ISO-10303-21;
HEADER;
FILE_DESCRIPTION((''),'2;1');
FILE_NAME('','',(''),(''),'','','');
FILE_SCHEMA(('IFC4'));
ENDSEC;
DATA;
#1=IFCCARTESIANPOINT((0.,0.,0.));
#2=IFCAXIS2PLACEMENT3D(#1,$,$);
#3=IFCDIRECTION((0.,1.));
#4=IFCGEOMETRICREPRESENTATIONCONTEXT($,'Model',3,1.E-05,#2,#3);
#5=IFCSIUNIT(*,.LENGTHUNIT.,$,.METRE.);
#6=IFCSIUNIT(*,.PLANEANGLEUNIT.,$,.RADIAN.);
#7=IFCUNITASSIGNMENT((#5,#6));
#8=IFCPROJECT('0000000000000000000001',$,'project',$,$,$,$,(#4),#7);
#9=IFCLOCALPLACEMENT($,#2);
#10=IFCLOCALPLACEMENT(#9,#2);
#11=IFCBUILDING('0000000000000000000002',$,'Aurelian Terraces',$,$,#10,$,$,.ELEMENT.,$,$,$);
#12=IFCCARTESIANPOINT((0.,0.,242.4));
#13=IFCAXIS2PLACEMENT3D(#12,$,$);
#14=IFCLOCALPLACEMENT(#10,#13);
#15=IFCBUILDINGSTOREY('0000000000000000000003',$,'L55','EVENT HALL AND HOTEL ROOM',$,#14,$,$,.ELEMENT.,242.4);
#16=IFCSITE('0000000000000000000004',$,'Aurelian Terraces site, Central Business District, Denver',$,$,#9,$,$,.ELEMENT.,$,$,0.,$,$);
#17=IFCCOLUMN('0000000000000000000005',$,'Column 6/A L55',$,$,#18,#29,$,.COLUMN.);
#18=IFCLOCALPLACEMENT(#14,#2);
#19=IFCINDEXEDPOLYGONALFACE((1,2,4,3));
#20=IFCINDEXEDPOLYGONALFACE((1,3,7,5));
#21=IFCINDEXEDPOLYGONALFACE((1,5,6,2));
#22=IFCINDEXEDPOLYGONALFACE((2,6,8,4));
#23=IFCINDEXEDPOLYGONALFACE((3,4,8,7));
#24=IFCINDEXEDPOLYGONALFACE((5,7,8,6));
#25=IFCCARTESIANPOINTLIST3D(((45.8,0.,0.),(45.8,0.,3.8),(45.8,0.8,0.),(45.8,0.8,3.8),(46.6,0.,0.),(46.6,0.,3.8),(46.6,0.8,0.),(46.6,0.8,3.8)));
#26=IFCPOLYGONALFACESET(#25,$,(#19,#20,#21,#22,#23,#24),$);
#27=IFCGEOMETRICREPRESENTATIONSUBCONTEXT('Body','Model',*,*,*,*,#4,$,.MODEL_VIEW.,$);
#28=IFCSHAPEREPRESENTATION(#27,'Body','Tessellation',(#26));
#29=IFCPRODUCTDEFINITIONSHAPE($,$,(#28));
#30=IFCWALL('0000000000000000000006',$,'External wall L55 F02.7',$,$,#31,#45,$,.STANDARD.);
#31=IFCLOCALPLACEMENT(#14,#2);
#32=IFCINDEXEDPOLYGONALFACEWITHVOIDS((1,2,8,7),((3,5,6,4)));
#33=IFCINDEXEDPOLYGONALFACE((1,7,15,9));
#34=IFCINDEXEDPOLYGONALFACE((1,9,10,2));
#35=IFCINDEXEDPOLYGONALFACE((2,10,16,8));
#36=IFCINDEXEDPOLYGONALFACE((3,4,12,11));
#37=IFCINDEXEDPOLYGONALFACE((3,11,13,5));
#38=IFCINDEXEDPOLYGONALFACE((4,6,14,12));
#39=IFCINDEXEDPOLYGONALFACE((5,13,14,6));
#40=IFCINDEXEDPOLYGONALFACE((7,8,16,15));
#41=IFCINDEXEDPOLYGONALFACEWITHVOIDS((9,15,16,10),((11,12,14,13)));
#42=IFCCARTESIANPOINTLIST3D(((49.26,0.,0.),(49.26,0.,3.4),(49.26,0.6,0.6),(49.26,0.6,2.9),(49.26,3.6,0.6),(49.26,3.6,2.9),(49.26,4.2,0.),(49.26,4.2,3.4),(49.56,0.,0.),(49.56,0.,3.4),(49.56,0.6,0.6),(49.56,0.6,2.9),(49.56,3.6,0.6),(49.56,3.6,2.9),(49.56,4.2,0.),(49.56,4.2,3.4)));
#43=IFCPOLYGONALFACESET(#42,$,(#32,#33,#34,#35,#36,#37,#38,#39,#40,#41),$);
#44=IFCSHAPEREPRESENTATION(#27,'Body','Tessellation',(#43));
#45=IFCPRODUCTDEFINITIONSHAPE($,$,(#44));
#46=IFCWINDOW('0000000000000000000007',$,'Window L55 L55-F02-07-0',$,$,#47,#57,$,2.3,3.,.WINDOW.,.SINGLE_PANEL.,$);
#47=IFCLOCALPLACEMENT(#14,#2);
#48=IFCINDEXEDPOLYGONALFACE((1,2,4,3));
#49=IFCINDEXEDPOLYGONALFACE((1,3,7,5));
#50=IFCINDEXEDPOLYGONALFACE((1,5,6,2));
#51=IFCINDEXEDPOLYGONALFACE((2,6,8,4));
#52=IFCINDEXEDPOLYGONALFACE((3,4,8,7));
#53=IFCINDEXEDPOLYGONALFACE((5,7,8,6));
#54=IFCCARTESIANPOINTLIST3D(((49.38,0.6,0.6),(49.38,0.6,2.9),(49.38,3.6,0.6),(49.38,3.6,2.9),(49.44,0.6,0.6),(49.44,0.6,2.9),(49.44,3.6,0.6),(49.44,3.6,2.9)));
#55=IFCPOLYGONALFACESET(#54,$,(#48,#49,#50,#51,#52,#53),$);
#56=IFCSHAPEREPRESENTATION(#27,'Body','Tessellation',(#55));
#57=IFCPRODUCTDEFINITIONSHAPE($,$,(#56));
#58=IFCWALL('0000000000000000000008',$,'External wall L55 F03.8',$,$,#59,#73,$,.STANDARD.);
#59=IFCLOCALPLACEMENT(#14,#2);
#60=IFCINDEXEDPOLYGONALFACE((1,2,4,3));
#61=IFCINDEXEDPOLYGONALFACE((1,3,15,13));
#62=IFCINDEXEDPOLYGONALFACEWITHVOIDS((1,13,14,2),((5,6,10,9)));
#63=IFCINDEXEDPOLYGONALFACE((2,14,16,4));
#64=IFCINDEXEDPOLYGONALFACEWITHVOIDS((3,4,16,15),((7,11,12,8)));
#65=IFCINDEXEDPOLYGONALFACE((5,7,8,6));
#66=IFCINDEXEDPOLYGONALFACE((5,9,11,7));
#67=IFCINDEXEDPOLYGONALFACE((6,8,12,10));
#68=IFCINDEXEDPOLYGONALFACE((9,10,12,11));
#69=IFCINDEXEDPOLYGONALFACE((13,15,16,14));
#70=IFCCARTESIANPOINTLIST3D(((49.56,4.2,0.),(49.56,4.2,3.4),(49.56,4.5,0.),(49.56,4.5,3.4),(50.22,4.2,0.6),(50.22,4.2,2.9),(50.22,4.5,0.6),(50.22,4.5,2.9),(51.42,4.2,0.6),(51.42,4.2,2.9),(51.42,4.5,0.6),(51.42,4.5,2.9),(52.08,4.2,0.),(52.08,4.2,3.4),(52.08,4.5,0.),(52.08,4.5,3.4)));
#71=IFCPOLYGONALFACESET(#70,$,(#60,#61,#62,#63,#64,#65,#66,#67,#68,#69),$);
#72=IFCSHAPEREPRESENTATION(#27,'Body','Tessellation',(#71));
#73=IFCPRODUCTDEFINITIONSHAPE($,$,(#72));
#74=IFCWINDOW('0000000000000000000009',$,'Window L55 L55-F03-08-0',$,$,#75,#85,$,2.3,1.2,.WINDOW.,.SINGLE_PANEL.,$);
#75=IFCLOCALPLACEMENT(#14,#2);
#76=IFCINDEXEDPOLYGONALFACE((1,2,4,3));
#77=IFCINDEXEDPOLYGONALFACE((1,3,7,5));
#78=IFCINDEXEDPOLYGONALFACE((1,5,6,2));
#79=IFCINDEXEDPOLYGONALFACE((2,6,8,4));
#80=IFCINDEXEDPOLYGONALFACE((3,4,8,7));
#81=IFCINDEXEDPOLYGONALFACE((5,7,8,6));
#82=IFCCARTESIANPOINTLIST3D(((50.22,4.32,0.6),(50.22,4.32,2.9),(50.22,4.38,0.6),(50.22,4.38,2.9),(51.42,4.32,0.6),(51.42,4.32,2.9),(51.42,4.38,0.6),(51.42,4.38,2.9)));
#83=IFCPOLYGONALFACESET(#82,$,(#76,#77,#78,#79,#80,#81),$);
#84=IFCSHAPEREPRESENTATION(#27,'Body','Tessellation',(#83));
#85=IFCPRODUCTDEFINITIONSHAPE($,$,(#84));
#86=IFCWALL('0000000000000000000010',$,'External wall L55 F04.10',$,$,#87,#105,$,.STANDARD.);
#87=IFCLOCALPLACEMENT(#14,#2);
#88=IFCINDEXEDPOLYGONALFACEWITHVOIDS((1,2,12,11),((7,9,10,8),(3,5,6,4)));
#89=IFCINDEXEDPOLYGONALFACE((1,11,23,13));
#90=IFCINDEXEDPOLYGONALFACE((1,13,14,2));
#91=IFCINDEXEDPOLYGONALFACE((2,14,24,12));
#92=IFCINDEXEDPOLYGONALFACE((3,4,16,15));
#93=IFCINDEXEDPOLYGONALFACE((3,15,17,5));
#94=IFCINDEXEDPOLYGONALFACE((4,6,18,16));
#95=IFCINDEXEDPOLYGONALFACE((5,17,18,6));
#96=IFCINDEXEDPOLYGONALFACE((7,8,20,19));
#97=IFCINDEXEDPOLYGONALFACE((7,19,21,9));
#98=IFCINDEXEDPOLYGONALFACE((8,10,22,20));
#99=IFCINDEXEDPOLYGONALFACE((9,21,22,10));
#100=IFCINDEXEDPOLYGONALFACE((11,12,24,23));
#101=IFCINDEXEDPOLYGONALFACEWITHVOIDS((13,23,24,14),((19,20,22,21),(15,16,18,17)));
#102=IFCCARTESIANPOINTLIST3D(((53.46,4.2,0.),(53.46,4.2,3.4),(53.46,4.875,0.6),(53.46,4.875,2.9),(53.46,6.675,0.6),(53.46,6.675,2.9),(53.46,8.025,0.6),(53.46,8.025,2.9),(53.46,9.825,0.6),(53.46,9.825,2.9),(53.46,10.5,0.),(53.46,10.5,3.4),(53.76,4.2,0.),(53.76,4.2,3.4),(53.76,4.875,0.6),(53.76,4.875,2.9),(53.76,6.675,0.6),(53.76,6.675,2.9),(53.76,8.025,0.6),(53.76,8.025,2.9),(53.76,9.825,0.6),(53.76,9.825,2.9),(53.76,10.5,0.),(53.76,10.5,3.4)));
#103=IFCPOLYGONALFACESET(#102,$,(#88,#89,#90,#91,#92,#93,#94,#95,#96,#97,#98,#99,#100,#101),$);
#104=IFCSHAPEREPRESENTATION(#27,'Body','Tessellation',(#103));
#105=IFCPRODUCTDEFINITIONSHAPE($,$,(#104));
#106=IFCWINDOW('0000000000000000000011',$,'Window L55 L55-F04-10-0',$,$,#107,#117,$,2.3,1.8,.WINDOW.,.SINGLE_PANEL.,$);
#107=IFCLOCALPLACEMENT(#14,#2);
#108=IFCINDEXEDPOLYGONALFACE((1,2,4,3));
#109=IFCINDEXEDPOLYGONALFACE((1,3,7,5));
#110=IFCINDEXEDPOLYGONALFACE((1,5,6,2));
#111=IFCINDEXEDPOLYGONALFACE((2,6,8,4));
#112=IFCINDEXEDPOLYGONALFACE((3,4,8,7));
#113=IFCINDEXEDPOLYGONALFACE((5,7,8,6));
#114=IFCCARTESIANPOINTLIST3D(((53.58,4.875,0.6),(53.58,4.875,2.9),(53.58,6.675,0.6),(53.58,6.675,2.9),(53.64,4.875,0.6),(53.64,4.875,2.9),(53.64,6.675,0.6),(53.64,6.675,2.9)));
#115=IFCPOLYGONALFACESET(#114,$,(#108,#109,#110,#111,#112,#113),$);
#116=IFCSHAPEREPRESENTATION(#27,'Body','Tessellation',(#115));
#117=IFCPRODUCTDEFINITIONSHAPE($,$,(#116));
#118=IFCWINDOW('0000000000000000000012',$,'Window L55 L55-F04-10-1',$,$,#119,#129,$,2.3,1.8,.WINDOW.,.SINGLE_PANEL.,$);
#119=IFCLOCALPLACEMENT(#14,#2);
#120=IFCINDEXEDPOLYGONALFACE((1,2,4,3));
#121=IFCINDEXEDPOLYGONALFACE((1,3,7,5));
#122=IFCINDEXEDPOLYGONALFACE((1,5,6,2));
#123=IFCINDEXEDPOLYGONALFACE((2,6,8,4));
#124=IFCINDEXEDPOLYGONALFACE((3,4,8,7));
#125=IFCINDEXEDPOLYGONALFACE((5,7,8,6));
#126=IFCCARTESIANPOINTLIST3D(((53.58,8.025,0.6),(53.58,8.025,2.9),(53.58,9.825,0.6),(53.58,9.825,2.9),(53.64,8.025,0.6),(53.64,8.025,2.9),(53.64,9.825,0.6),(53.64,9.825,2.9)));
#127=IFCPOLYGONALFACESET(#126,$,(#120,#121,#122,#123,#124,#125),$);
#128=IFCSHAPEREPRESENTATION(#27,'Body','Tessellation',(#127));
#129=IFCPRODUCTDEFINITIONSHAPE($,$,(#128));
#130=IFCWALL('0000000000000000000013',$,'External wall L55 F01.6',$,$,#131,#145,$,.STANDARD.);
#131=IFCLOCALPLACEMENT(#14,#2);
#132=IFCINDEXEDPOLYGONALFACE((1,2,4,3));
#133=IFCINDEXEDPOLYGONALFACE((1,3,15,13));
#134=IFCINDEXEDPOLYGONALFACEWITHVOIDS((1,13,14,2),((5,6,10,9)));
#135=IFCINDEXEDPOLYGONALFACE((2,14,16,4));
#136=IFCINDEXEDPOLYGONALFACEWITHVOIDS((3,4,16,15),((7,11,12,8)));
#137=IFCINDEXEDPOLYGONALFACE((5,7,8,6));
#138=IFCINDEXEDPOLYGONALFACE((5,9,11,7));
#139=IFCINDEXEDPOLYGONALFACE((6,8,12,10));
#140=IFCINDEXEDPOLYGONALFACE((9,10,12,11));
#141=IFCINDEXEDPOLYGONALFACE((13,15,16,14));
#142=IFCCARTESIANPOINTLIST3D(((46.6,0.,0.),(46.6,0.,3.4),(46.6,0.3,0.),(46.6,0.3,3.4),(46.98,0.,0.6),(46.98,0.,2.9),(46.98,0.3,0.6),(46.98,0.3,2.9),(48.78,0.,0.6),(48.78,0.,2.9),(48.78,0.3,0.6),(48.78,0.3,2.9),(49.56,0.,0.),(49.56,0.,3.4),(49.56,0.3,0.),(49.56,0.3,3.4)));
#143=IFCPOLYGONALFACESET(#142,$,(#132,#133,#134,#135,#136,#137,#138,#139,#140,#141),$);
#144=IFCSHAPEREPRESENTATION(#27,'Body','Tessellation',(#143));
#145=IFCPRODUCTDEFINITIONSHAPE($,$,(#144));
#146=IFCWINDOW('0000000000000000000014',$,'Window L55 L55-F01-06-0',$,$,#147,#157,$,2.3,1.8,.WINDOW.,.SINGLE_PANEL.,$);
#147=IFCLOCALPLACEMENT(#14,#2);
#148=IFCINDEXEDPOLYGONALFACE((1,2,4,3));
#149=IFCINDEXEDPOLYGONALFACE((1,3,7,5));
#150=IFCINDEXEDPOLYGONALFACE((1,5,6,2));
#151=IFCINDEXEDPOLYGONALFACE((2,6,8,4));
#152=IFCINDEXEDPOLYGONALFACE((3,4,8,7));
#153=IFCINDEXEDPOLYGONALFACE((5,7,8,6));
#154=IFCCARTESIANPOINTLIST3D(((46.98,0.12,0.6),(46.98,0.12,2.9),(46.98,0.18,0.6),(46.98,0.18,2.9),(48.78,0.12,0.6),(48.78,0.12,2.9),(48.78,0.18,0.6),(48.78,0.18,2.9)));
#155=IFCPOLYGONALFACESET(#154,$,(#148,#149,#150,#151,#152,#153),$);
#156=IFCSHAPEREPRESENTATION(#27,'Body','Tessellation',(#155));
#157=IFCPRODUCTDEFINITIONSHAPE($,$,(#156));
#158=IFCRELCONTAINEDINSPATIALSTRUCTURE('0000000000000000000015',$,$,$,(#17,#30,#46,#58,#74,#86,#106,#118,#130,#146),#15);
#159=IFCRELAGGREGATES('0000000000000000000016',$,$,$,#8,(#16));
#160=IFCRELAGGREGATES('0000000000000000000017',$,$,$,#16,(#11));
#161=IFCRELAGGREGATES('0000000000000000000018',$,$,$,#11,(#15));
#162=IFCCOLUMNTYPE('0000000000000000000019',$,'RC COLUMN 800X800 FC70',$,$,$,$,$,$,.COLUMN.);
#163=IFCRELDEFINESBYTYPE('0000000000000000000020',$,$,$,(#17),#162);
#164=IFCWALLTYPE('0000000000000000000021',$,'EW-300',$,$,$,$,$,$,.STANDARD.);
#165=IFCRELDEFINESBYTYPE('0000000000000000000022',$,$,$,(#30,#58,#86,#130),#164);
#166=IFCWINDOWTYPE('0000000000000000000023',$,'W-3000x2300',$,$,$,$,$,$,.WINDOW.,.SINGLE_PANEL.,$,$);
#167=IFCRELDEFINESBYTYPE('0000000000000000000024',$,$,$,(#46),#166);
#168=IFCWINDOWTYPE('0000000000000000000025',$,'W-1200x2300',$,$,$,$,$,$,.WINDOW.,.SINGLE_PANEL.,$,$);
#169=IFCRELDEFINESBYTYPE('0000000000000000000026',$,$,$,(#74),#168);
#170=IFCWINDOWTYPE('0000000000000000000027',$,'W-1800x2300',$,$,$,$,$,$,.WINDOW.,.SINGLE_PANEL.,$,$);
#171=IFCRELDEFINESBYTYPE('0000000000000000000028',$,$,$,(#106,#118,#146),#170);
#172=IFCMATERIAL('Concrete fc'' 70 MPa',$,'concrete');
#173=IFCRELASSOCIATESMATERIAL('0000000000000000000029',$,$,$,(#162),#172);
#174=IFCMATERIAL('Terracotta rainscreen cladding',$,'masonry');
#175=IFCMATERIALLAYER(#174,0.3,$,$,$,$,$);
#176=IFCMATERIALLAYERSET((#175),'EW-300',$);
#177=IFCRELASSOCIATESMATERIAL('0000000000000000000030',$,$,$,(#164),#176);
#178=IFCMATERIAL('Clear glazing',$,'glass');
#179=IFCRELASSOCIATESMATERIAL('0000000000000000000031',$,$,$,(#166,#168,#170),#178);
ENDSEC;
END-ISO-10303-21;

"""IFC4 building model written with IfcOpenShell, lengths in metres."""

from ifc_helpers import new_model, si_unit, direction, frame, frame_2d, origin, origin_2d, place, context, subcontext, project, spatial, rectangle, extrude, source, transform, mapped, material, layer, layer_set, material_profile, profile_set, type_object, element, fill, save


model = new_model("IFC4")

# Units and contexts
model_context = context("Model", 3, precision=1e-05, world=origin(), true_north=direction((0.0, 1.0)))
body_context = subcontext(model_context, "Body", "Model", "MODEL_VIEW")
ifc_project = project(units=[si_unit("LENGTHUNIT", "METRE"), si_unit("PLANEANGLEUNIT", "RADIAN")], contexts=[model_context])

# Site, building, storey
site_placement = place(None, origin())
site = spatial("IfcSite", under=ifc_project, at=site_placement, Name="Aurelian Terraces site, Central Business District, Denver", CompositionType="ELEMENT", RefElevation=0.0)
building_placement = place(site_placement, origin())
building = spatial("IfcBuilding", under=site, at=building_placement, Name="Aurelian Terraces", CompositionType="ELEMENT")
storey_placement = place(building_placement, frame((0.0, 0.0, 242.4)))
storey = spatial("IfcBuildingStorey", under=building, at=storey_placement, Name="L55", Description="EVENT HALL AND HOTEL ROOM", CompositionType="ELEMENT", Elevation=242.4)

# Column
ifc_material_1 = material(Name="Concrete fc' 70 MPa", Category="concrete")
ifc_material_profile = material_profile(ifc_material_1, rectangle(XDim=0.8, YDim=0.8, at=origin_2d()))
ifc_profile_set = profile_set([ifc_material_profile], Name="Concrete fc' 70 MPa")
column_type = type_object("IfcColumnType", Name="RC COLUMN 800X800 FC70", PredefinedType="COLUMN", material=ifc_profile_set)
shared_shape_1 = source(origin(), body_context, "Body", "SweptSolid", [
    extrude(rectangle(XDim=0.8, YDim=0.8, at=origin_2d()), origin(), (0.0, 0.0, 1.0), 3.8),
])
column_placement = place(storey_placement, frame((46.2, 0.4, 0.0), z_axis=(0.0, 0.0, 1.0), x_axis=(1.0, 0.0, 0.0)))
element("IfcColumn", 1, at=column_placement, inside=storey, type_object=column_type, Name="Column 6/A L55", PredefinedType="COLUMN", context=body_context, shape_type="MappedRepresentation", body=[
    mapped(shared_shape_1, transform((0.0, 0.0, 0.0), scale=1.0)),
])

# Walls, openings, windows
ifc_material_2 = material(Name="Terracotta rainscreen cladding", Category="masonry")
ifc_layer_1 = layer(ifc_material_2, 0.3)
ifc_layer_set_1 = layer_set([ifc_layer_1], Name="EW-300")
wall_type_1 = type_object("IfcWallType", Name="EW-300", PredefinedType="STANDARD", material=ifc_layer_set_1)
shared_shape_2 = source(origin(), body_context, "Body", "SweptSolid", [
    extrude(rectangle(XDim=4.2, YDim=0.3, at=frame_2d((2.1, 0.0))), origin(), (0.0, 0.0, 1.0), 3.4),
])
wall_1_placement = place(storey_placement, frame((49.41, 0.0, 0.0), z_axis=(0.0, 0.0, 1.0), x_axis=(0.0, 1.0, 0.0)))
wall_1 = element("IfcWall", 2, at=wall_1_placement, inside=storey, type_object=wall_type_1, Name="External wall L55 F02.7", PredefinedType="STANDARD", context=body_context, shape_type="MappedRepresentation", body=[
    mapped(shared_shape_2, transform((0.0, 0.0, 0.0), scale=1.0)),
])
shared_shape_3 = source(origin(), body_context, "Body", "SweptSolid", [
    extrude(rectangle(XDim=3.0, YDim=2.3, at=frame_2d((1.5, 1.15))), frame((0.0, 0.16, 0.0), z_axis=(0.0, -1.0, 0.0), x_axis=(1.0, 0.0, 0.0)), (0.0, 0.0, 1.0), 0.32),
])
opening_1_placement = place(wall_1_placement, frame((0.6, 0.0, 0.6)))
opening_1 = element("IfcOpeningElement", 3, at=opening_1_placement, cuts=wall_1, PredefinedType="OPENING", context=body_context, shape_type="MappedRepresentation", body=[
    mapped(shared_shape_3, transform((0.0, 0.0, 0.0), scale=1.0)),
])
ifc_material_3 = material(Name="Clear glazing", Category="glass")
window_type_1 = type_object("IfcWindowType", Name="W-3000x2300", PartitioningType="SINGLE_PANEL", PredefinedType="WINDOW", material=ifc_material_3)
shared_shape_4 = source(origin(), body_context, "Body", "SweptSolid", [
    extrude(rectangle(XDim=3.0, YDim=2.3, at=frame_2d((1.5, 1.15))), frame((0.0, 0.03, 0.0), z_axis=(0.0, -1.0, 0.0), x_axis=(1.0, 0.0, 0.0)), (0.0, 0.0, 1.0), 0.06),
])
window_1_placement = place(opening_1_placement, origin())
window_1 = element("IfcWindow", 4, at=window_1_placement, inside=storey, type_object=window_type_1, Name="Window L55 L55-F02-07-0", OverallHeight=2.3, OverallWidth=3.0, PartitioningType="SINGLE_PANEL", PredefinedType="WINDOW", context=body_context, shape_type="MappedRepresentation", body=[
    mapped(shared_shape_4, transform((0.0, 0.0, 0.0), scale=1.0)),
])
fill(opening_1, window_1)
shared_shape_5 = source(origin(), body_context, "Body", "SweptSolid", [
    extrude(rectangle(XDim=2.52, YDim=0.3, at=frame_2d((1.26, 0.0))), origin(), (0.0, 0.0, 1.0), 3.4),
])
wall_2_placement = place(storey_placement, frame((49.56, 4.35, 0.0), z_axis=(0.0, 0.0, 1.0), x_axis=(1.0, 0.0, 0.0)))
wall_2 = element("IfcWall", 5, at=wall_2_placement, inside=storey, type_object=wall_type_1, Name="External wall L55 F03.8", PredefinedType="STANDARD", context=body_context, shape_type="MappedRepresentation", body=[
    mapped(shared_shape_5, transform((0.0, 0.0, 0.0), scale=1.0)),
])
shared_shape_6 = source(origin(), body_context, "Body", "SweptSolid", [
    extrude(rectangle(XDim=1.2, YDim=2.3, at=frame_2d((0.6, 1.15))), frame((0.0, 0.16, 0.0), z_axis=(0.0, -1.0, 0.0), x_axis=(1.0, 0.0, 0.0)), (0.0, 0.0, 1.0), 0.32),
])
opening_2_placement = place(wall_2_placement, frame((0.66, 0.0, 0.6)))
opening_2 = element("IfcOpeningElement", 6, at=opening_2_placement, cuts=wall_2, PredefinedType="OPENING", context=body_context, shape_type="MappedRepresentation", body=[
    mapped(shared_shape_6, transform((0.0, 0.0, 0.0), scale=1.0)),
])
window_type_2 = type_object("IfcWindowType", Name="W-1200x2300", PartitioningType="SINGLE_PANEL", PredefinedType="WINDOW", material=ifc_material_3)
shared_shape_7 = source(origin(), body_context, "Body", "SweptSolid", [
    extrude(rectangle(XDim=1.2, YDim=2.3, at=frame_2d((0.6, 1.15))), frame((0.0, 0.03, 0.0), z_axis=(0.0, -1.0, 0.0), x_axis=(1.0, 0.0, 0.0)), (0.0, 0.0, 1.0), 0.06),
])
window_2_placement = place(opening_2_placement, origin())
window_2 = element("IfcWindow", 7, at=window_2_placement, inside=storey, type_object=window_type_2, Name="Window L55 L55-F03-08-0", OverallHeight=2.3, OverallWidth=1.2, PartitioningType="SINGLE_PANEL", PredefinedType="WINDOW", context=body_context, shape_type="MappedRepresentation", body=[
    mapped(shared_shape_7, transform((0.0, 0.0, 0.0), scale=1.0)),
])
fill(opening_2, window_2)

# Wall, openings, windows
shared_shape_8 = source(origin(), body_context, "Body", "SweptSolid", [
    extrude(rectangle(XDim=6.3, YDim=0.3, at=frame_2d((3.15, 0.0))), origin(), (0.0, 0.0, 1.0), 3.4),
])
wall_3_placement = place(storey_placement, frame((53.61, 4.2, 0.0), z_axis=(0.0, 0.0, 1.0), x_axis=(0.0, 1.0, 0.0)))
wall_3 = element("IfcWall", 8, at=wall_3_placement, inside=storey, type_object=wall_type_1, Name="External wall L55 F04.10", PredefinedType="STANDARD", context=body_context, shape_type="MappedRepresentation", body=[
    mapped(shared_shape_8, transform((0.0, 0.0, 0.0), scale=1.0)),
])
shared_shape_9 = source(origin(), body_context, "Body", "SweptSolid", [
    extrude(rectangle(XDim=1.8, YDim=2.3, at=frame_2d((0.9, 1.15))), frame((0.0, 0.16, 0.0), z_axis=(0.0, -1.0, 0.0), x_axis=(1.0, 0.0, 0.0)), (0.0, 0.0, 1.0), 0.32),
])
opening_3_placement = place(wall_3_placement, frame((0.675, 0.0, 0.6)))
opening_3 = element("IfcOpeningElement", 9, at=opening_3_placement, cuts=wall_3, PredefinedType="OPENING", context=body_context, shape_type="MappedRepresentation", body=[
    mapped(shared_shape_9, transform((0.0, 0.0, 0.0), scale=1.0)),
])
opening_4_placement = place(wall_3_placement, frame((3.825, 0.0, 0.6)))
opening_4 = element("IfcOpeningElement", 10, at=opening_4_placement, cuts=wall_3, PredefinedType="OPENING", context=body_context, shape_type="MappedRepresentation", body=[
    mapped(shared_shape_9, transform((0.0, 0.0, 0.0), scale=1.0)),
])
window_type_3 = type_object("IfcWindowType", Name="W-1800x2300", PartitioningType="SINGLE_PANEL", PredefinedType="WINDOW", material=ifc_material_3)
shared_shape_10 = source(origin(), body_context, "Body", "SweptSolid", [
    extrude(rectangle(XDim=1.8, YDim=2.3, at=frame_2d((0.9, 1.15))), frame((0.0, 0.03, 0.0), z_axis=(0.0, -1.0, 0.0), x_axis=(1.0, 0.0, 0.0)), (0.0, 0.0, 1.0), 0.06),
])
window_3_placement = place(opening_3_placement, origin())
window_3 = element("IfcWindow", 11, at=window_3_placement, inside=storey, type_object=window_type_3, Name="Window L55 L55-F04-10-0", OverallHeight=2.3, OverallWidth=1.8, PartitioningType="SINGLE_PANEL", PredefinedType="WINDOW", context=body_context, shape_type="MappedRepresentation", body=[
    mapped(shared_shape_10, transform((0.0, 0.0, 0.0), scale=1.0)),
])
fill(opening_3, window_3)
window_4_placement = place(opening_4_placement, origin())
window_4 = element("IfcWindow", 12, at=window_4_placement, inside=storey, type_object=window_type_3, Name="Window L55 L55-F04-10-1", OverallHeight=2.3, OverallWidth=1.8, PartitioningType="SINGLE_PANEL", PredefinedType="WINDOW", context=body_context, shape_type="MappedRepresentation", body=[
    mapped(shared_shape_10, transform((0.0, 0.0, 0.0), scale=1.0)),
])
fill(opening_4, window_4)

# Wall, opening, window
shared_shape_11 = source(origin(), body_context, "Body", "SweptSolid", [
    extrude(rectangle(XDim=2.96, YDim=0.3, at=frame_2d((1.48, 0.0))), origin(), (0.0, 0.0, 1.0), 3.4),
])
wall_4_placement = place(storey_placement, frame((46.6, 0.15, 0.0), z_axis=(0.0, 0.0, 1.0), x_axis=(1.0, 0.0, 0.0)))
wall_4 = element("IfcWall", 13, at=wall_4_placement, inside=storey, type_object=wall_type_1, Name="External wall L55 F01.6", PredefinedType="STANDARD", context=body_context, shape_type="MappedRepresentation", body=[
    mapped(shared_shape_11, transform((0.0, 0.0, 0.0), scale=1.0)),
])
opening_5_placement = place(wall_4_placement, frame((0.38, 0.0, 0.6)))
opening_5 = element("IfcOpeningElement", 14, at=opening_5_placement, cuts=wall_4, PredefinedType="OPENING", context=body_context, shape_type="MappedRepresentation", body=[
    mapped(shared_shape_9, transform((0.0, 0.0, 0.0), scale=1.0)),
])
window_5_placement = place(opening_5_placement, origin())
window_5 = element("IfcWindow", 15, at=window_5_placement, inside=storey, type_object=window_type_3, Name="Window L55 L55-F01-06-0", OverallHeight=2.3, OverallWidth=1.8, PartitioningType="SINGLE_PANEL", PredefinedType="WINDOW", context=body_context, shape_type="MappedRepresentation", body=[
    mapped(shared_shape_10, transform((0.0, 0.0, 0.0), scale=1.0)),
])
fill(opening_5, window_5)

save(model, "model.ifc")
